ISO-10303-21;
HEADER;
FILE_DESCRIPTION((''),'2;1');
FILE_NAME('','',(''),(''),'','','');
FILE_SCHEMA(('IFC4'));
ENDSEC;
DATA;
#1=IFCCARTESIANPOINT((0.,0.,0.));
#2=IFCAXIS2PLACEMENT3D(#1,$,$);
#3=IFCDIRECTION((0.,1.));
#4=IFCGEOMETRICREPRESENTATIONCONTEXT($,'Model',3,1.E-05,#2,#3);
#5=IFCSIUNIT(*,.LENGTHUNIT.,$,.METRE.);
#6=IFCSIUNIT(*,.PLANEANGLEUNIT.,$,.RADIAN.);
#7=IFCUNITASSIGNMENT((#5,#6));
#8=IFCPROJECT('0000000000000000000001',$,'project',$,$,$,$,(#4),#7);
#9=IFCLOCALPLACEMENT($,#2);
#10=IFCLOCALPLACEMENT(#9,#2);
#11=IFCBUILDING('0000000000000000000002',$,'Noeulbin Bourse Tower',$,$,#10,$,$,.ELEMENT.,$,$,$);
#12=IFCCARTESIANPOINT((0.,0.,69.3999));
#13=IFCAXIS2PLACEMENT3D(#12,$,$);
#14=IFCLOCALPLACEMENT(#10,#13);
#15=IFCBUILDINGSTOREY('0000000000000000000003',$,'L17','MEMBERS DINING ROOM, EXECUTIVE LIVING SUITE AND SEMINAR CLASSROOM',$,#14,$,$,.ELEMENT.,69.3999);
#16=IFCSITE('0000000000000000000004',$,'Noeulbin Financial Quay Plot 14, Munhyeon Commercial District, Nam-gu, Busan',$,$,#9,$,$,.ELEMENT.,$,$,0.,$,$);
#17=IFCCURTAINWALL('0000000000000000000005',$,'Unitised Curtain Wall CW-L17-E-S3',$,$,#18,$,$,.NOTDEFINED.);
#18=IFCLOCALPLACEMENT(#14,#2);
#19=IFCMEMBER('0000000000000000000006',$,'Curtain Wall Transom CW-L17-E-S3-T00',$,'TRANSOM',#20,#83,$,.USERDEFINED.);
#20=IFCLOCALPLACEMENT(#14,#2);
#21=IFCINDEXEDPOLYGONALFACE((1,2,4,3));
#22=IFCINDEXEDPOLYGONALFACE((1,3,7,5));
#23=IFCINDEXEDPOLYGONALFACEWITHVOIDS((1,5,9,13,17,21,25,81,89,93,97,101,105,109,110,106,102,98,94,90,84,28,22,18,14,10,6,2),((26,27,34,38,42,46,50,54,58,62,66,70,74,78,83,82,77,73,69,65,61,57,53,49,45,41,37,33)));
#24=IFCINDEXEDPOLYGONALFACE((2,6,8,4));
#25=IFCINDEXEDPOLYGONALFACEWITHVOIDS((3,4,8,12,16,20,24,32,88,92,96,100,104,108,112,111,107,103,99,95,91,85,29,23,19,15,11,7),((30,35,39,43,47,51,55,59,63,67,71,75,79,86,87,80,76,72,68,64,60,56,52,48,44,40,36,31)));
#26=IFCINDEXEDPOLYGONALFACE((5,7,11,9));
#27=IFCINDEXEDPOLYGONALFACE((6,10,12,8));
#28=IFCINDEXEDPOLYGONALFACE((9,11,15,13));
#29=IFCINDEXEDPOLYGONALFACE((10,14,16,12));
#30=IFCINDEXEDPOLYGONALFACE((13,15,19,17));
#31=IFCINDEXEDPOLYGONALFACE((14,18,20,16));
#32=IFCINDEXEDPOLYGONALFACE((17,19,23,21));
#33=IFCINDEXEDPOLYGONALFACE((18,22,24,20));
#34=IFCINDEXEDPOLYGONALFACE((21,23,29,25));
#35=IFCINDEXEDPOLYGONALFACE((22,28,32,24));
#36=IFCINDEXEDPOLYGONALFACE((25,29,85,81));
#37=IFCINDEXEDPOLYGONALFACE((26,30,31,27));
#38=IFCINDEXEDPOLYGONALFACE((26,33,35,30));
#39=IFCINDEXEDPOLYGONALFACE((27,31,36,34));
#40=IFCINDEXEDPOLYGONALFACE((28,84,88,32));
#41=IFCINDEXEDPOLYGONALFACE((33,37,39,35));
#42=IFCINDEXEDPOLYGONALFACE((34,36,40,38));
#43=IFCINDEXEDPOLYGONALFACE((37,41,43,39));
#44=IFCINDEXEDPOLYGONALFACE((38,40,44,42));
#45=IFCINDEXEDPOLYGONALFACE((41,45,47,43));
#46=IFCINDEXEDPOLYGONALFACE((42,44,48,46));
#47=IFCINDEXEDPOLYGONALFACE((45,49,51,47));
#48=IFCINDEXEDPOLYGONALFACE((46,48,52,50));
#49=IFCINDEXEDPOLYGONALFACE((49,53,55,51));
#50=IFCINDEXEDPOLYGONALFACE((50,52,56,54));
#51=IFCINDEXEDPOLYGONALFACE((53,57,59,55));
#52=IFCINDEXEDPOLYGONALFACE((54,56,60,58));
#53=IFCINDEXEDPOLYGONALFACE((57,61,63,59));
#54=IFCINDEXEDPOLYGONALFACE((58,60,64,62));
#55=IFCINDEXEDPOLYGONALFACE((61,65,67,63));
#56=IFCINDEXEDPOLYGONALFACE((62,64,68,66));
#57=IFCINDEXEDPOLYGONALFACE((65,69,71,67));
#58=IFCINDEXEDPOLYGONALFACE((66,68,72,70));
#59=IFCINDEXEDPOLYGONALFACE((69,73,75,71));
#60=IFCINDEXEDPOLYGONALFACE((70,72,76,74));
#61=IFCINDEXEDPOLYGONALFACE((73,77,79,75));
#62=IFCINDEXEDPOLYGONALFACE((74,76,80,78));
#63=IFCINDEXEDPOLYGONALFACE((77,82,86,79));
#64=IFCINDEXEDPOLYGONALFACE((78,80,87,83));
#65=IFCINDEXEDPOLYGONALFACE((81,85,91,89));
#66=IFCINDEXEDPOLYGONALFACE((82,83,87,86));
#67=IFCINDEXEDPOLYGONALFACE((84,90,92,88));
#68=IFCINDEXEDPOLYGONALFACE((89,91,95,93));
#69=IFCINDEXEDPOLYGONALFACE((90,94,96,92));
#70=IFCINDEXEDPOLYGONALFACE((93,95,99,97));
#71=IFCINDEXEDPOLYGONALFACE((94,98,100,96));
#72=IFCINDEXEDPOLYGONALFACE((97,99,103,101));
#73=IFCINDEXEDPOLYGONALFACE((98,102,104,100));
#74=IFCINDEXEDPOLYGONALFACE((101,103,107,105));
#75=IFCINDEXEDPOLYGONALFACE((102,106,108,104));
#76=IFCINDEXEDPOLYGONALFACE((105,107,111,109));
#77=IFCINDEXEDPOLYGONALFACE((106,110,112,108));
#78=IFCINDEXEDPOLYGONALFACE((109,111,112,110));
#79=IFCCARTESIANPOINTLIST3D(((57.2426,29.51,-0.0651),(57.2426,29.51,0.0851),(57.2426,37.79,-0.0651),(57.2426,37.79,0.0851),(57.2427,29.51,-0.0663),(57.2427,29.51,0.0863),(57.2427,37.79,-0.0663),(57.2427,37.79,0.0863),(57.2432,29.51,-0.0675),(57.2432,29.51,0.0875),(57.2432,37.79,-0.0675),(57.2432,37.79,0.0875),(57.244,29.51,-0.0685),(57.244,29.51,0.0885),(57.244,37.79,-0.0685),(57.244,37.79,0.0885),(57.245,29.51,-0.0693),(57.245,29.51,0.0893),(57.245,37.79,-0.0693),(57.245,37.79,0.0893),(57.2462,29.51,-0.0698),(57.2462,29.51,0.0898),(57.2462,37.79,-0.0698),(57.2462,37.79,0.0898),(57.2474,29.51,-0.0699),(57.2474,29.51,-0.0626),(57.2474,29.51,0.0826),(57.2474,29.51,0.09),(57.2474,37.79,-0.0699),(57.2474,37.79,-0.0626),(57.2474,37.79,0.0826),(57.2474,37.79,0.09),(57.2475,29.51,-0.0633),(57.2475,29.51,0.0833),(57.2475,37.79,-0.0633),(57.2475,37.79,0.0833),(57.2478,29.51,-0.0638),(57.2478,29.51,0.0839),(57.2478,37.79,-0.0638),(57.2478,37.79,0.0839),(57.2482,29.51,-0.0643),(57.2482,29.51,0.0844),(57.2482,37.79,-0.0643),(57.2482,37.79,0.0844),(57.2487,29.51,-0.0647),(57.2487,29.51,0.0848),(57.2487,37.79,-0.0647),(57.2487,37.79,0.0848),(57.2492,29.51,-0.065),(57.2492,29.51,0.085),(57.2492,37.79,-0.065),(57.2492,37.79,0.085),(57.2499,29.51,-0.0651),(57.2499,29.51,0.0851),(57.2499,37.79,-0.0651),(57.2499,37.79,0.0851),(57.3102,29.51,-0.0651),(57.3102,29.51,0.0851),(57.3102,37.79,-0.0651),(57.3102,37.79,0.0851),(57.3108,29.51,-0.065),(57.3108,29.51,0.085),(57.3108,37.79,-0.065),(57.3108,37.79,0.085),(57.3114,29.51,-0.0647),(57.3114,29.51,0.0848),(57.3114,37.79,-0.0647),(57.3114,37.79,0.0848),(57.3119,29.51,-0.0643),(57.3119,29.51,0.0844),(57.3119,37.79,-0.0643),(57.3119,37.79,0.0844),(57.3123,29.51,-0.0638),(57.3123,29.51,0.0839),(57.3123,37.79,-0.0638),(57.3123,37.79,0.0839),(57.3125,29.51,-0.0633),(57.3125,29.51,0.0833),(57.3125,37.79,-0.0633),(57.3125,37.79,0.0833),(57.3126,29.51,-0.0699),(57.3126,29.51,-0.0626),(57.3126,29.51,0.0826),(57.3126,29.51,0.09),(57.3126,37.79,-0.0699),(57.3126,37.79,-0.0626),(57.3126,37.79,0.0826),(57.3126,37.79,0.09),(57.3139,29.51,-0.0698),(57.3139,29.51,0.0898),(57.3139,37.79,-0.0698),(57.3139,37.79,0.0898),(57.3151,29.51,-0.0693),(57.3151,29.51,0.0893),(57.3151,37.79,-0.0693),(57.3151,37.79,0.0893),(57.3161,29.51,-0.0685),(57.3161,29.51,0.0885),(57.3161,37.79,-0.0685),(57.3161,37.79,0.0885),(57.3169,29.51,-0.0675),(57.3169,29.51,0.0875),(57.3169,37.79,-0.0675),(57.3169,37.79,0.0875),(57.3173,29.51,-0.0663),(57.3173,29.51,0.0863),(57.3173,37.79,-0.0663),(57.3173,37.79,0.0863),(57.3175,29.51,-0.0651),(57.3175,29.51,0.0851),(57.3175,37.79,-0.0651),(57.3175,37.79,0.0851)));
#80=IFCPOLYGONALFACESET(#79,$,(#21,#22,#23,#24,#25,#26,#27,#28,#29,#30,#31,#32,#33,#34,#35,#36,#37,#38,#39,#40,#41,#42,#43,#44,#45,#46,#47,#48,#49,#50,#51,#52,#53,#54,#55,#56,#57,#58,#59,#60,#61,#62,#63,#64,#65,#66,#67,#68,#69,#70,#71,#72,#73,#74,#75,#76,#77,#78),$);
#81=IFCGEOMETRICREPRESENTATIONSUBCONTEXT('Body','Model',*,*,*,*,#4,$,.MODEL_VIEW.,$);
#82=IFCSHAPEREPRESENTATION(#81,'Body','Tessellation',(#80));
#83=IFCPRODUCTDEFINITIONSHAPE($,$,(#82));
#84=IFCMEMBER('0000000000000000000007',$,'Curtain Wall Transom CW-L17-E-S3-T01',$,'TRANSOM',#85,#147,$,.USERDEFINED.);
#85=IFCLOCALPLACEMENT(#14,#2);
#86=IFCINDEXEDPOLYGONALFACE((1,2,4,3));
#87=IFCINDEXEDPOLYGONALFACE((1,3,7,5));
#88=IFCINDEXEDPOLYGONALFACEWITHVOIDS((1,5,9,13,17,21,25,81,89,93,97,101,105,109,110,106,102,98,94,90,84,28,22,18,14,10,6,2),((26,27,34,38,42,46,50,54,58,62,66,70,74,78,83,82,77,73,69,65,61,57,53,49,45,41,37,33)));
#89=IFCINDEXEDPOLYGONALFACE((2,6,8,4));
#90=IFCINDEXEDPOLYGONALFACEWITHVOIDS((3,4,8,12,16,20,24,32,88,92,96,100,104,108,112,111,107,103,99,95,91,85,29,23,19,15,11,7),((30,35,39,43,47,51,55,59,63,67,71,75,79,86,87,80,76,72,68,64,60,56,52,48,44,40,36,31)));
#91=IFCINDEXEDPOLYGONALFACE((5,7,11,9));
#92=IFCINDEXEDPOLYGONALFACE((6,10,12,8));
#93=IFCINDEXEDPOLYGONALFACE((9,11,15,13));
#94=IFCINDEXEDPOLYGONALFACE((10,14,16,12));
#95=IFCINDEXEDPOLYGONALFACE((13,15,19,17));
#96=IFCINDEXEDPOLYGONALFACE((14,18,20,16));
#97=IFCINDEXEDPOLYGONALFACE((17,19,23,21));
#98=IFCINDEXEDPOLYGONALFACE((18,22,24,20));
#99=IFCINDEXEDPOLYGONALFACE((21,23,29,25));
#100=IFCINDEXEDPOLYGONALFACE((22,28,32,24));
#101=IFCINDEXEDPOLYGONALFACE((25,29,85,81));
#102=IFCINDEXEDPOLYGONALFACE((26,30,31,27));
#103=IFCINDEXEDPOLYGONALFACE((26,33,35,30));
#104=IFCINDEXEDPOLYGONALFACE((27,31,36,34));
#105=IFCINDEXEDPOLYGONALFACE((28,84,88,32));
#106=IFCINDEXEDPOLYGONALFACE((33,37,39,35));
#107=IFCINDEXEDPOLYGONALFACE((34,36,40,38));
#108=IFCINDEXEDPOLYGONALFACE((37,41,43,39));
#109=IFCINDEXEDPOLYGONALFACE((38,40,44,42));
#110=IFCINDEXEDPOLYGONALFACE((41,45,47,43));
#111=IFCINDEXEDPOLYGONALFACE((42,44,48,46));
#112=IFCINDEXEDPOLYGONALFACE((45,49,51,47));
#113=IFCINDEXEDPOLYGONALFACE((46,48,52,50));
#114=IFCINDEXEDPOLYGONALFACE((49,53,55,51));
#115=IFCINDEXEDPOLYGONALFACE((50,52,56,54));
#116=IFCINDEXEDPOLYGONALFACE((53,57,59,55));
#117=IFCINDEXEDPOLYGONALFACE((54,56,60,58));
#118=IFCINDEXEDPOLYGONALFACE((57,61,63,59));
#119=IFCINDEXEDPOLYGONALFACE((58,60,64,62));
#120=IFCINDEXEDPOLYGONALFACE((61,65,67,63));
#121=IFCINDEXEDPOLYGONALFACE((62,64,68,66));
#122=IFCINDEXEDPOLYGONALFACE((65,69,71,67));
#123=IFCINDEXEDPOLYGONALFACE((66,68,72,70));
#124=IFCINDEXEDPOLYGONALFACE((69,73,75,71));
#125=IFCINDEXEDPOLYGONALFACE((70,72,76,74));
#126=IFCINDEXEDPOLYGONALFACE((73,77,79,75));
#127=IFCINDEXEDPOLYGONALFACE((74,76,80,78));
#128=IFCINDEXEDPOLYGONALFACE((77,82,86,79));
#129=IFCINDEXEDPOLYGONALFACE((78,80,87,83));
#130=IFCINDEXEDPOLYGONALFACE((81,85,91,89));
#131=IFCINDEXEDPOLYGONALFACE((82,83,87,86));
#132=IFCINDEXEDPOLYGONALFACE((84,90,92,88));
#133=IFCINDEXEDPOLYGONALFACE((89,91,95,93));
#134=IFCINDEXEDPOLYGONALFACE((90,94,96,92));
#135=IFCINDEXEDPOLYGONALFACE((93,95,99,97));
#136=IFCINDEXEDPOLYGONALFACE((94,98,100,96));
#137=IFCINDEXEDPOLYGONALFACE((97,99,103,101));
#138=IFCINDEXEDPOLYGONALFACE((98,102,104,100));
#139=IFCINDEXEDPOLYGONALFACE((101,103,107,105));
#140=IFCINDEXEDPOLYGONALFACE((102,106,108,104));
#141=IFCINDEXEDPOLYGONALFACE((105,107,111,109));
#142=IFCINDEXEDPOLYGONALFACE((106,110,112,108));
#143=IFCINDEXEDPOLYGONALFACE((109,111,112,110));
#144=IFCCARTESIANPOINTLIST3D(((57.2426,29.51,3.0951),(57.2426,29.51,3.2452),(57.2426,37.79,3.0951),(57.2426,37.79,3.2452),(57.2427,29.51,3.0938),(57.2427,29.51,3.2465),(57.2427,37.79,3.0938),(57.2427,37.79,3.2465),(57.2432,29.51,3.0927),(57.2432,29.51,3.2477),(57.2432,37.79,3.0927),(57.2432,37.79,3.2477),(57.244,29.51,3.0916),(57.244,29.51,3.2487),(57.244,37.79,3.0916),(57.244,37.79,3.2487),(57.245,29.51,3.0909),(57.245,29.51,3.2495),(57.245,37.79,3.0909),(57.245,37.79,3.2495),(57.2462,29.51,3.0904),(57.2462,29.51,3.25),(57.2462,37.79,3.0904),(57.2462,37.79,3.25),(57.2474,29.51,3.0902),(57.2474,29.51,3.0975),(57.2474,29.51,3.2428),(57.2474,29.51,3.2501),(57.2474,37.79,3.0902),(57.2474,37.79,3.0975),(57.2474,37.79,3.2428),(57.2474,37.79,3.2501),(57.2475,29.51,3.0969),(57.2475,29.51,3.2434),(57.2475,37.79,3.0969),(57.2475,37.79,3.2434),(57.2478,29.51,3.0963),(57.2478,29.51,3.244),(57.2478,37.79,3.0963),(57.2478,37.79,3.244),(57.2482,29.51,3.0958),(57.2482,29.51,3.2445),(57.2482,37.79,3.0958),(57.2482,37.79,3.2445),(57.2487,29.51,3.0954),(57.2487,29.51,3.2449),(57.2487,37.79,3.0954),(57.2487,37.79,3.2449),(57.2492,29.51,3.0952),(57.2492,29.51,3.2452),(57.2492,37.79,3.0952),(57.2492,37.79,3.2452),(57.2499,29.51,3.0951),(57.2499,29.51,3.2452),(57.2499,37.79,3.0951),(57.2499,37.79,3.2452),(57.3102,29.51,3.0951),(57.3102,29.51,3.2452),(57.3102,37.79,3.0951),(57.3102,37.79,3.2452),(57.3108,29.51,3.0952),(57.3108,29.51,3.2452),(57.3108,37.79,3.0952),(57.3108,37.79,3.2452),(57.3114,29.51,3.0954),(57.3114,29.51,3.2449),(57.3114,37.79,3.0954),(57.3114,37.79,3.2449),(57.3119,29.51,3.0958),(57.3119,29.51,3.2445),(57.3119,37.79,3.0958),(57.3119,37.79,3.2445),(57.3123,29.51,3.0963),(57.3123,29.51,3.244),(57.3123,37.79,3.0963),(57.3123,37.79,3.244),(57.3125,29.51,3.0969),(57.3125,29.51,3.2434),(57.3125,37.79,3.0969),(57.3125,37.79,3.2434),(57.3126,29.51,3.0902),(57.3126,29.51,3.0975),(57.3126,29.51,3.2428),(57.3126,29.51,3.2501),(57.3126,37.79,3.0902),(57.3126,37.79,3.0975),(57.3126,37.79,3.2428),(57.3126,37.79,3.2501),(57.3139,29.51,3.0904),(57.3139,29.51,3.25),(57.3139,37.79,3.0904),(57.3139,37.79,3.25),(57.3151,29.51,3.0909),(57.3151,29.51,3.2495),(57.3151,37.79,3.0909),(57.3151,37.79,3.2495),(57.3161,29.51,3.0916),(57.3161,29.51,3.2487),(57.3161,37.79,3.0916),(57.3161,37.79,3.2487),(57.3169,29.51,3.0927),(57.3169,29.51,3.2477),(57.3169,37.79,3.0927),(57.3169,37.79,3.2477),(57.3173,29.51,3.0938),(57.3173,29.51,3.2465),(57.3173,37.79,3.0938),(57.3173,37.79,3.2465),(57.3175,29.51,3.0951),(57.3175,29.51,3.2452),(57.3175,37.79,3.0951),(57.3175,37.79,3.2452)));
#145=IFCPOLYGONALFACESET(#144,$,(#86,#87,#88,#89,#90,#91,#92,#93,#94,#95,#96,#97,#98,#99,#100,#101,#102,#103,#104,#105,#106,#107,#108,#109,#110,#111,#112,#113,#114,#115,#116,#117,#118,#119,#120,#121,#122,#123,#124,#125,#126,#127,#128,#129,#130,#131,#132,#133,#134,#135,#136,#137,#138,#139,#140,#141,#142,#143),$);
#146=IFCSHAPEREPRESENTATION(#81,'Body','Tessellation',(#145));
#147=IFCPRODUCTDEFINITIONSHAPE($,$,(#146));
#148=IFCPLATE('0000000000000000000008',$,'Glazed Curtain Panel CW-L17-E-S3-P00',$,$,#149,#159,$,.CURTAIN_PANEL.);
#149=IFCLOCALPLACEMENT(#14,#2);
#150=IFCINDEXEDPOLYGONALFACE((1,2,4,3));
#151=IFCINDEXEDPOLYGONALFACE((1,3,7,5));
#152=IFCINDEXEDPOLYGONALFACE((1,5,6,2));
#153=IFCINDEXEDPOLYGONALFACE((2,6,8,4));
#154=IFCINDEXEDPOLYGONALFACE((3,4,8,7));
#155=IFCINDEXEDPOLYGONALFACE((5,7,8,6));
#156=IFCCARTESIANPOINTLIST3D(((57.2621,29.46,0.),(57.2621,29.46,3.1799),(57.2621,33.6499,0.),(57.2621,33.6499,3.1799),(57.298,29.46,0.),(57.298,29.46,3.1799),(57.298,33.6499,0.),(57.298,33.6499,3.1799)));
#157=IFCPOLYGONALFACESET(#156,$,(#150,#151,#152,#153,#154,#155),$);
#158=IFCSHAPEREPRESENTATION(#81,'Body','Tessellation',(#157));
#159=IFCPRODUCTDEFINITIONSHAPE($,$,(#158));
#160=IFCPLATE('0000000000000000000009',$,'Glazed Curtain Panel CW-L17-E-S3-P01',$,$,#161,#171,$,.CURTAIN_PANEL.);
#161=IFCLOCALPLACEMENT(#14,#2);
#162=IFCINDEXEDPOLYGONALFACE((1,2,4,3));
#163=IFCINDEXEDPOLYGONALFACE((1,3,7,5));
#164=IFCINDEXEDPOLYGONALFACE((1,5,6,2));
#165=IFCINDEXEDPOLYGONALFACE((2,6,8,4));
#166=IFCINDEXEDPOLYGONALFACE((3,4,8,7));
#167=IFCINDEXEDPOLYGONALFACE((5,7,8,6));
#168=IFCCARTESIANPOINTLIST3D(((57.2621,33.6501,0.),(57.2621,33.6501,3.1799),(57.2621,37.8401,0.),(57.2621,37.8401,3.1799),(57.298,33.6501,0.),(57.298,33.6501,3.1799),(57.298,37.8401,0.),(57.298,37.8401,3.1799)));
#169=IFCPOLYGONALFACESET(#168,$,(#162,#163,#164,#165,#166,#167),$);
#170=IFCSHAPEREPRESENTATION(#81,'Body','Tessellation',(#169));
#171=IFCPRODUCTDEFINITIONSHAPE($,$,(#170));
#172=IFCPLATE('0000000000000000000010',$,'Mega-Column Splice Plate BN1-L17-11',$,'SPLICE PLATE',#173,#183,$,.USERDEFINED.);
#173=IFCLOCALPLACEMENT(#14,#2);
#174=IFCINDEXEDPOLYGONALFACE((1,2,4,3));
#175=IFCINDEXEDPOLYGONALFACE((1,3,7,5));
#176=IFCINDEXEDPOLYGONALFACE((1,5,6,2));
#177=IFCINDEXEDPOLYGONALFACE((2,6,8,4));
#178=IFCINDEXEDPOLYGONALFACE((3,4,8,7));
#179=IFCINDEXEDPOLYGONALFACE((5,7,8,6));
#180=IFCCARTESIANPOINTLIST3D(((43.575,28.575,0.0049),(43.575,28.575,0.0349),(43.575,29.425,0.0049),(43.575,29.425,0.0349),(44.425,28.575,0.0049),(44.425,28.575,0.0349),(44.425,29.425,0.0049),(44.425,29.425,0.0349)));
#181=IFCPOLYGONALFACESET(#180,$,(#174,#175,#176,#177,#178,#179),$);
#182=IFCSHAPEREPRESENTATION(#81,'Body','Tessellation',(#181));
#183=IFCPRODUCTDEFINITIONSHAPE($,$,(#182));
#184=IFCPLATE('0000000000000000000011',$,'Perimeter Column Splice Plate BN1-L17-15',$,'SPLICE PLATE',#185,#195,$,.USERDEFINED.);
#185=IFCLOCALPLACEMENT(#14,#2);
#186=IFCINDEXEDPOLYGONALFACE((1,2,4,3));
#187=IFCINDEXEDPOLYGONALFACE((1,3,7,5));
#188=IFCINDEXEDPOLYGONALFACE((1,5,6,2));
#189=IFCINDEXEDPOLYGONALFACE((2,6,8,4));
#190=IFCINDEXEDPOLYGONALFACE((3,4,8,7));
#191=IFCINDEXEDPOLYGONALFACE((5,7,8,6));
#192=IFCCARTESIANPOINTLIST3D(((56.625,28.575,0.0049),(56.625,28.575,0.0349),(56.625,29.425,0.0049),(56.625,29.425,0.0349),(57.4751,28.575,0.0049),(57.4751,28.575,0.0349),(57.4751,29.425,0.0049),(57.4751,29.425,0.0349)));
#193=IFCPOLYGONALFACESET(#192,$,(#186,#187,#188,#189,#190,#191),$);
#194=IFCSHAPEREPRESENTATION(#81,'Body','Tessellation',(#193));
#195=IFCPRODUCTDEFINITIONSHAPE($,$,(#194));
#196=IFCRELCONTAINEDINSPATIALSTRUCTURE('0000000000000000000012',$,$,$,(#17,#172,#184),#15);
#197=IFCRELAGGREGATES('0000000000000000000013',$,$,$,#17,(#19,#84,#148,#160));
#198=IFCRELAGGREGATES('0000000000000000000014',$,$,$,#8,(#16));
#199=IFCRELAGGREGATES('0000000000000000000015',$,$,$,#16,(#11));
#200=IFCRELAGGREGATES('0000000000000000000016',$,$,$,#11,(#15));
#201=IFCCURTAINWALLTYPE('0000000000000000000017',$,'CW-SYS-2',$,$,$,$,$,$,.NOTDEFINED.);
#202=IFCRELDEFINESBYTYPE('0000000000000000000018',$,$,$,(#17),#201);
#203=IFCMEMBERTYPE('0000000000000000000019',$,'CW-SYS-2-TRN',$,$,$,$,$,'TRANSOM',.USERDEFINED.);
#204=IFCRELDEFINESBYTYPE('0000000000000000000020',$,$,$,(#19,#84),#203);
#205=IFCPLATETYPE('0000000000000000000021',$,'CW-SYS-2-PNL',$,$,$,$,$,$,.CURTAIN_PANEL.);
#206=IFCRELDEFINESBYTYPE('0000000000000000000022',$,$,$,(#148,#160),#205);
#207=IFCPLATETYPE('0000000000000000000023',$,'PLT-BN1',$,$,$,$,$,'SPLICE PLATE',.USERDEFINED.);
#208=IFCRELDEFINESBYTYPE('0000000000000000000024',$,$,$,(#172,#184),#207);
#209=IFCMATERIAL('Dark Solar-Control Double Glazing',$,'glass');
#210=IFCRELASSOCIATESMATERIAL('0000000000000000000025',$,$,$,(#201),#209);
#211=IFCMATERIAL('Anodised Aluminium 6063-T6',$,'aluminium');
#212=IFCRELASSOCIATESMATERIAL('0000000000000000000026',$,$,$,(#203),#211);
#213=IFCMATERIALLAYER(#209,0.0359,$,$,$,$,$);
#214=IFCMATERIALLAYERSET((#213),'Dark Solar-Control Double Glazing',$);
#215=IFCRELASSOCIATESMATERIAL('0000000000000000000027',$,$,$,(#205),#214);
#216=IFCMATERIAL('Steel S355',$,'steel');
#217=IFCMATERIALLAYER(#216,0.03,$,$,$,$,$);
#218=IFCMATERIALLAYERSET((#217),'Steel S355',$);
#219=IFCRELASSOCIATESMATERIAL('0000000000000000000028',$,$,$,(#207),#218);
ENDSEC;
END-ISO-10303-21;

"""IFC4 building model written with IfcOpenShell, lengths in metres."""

from ifc_helpers import new_model, si_unit, direction, frame, origin, origin_2d, place, context, subcontext, project, spatial, rectangle, hollow_rectangle, extrude, material, layer, layer_set, material_profile, profile_set, type_object, element, aggregate, save


model = new_model("IFC4")

# Units and contexts
model_context = context("Model", 3, precision=1e-05, world=origin(), true_north=direction((0.0, 1.0)))
body_context = subcontext(model_context, "Body", "Model", "MODEL_VIEW")
ifc_project = project(units=[si_unit("LENGTHUNIT", "METRE"), si_unit("PLANEANGLEUNIT", "RADIAN")], contexts=[model_context])

# Site, building, storey
site_placement = place(None, origin())
site = spatial("IfcSite", under=ifc_project, at=site_placement, Name="Noeulbin Financial Quay Plot 14, Munhyeon Commercial District, Nam-gu, Busan", CompositionType="ELEMENT", RefElevation=0.0)
building_placement = place(site_placement, origin())
building = spatial("IfcBuilding", under=site, at=building_placement, Name="Noeulbin Bourse Tower", CompositionType="ELEMENT")
storey_placement = place(building_placement, frame((0.0, 0.0, 69.3999)))
storey = spatial("IfcBuildingStorey", under=building, at=storey_placement, Name="L17", Description="MEMBERS DINING ROOM, EXECUTIVE LIVING SUITE AND SEMINAR CLASSROOM", CompositionType="ELEMENT", Elevation=69.3999)

# Shared definitions
ifc_material_1 = material(Name="Steel S355", Category="steel")

# Curtain wall, members, plates
ifc_material_2 = material(Name="Dark Solar-Control Double Glazing", Category="glass")
curtain_wall_type = type_object("IfcCurtainWallType", Name="CW-SYS-2", PredefinedType="NOTDEFINED", material=ifc_material_2)
curtain_wall_placement = place(storey_placement, origin())
curtain_wall = element("IfcCurtainWall", 1, at=curtain_wall_placement, inside=storey, type_object=curtain_wall_type, Name="Unitised Curtain Wall CW-L17-E-S3", PredefinedType="NOTDEFINED")
ifc_material_3 = material(Name="Anodised Aluminium 6063-T6", Category="aluminium")
ifc_material_profile_1 = material_profile(ifc_material_3, hollow_rectangle(XDim=0.075, YDim=0.1599, WallThickness=0.0049, InnerFilletRadius=0.0024, OuterFilletRadius=0.0049, at=origin_2d()), Name="ALU-TRAN-75x160x5", Category="LoadBearing")
ifc_profile_set_1 = profile_set([ifc_material_profile_1], Name="Anodised Aluminium 6063-T6")
member_type_1 = type_object("IfcMemberType", Name="CW-SYS-2-TRN", ElementType="TRANSOM", PredefinedType="USERDEFINED", material=ifc_profile_set_1)
member_1_placement = place(storey_placement, frame((57.28, 29.51, 0.01), z_axis=(0.0, 1.0, 0.0), x_axis=(-1.0, 0.0, 0.0)))
member_1 = element("IfcMember", 2, at=member_1_placement, type_object=member_type_1, Name="Curtain Wall Transom CW-L17-E-S3-T00", ObjectType="TRANSOM", PredefinedType="USERDEFINED", context=body_context, shape_type="SweptSolid", body=[
    extrude(hollow_rectangle(XDim=0.075, YDim=0.1599, WallThickness=0.0049, InnerFilletRadius=0.0024, OuterFilletRadius=0.0049, at=origin_2d()), origin(), (0.0, 0.0, 1.0), 8.28),
])
member_2_placement = place(storey_placement, frame((57.28, 29.51, 3.1702), z_axis=(0.0, 1.0, 0.0), x_axis=(-1.0, 0.0, 0.0)))
member_2 = element("IfcMember", 3, at=member_2_placement, type_object=member_type_1, Name="Curtain Wall Transom CW-L17-E-S3-T01", ObjectType="TRANSOM", PredefinedType="USERDEFINED", context=body_context, shape_type="SweptSolid", body=[
    extrude(hollow_rectangle(XDim=0.075, YDim=0.1599, WallThickness=0.0049, InnerFilletRadius=0.0024, OuterFilletRadius=0.0049, at=origin_2d()), origin(), (0.0, 0.0, 1.0), 8.28),
])
ifc_layer_1 = layer(ifc_material_2, 0.0359)
ifc_layer_set_1 = layer_set([ifc_layer_1], Name="Dark Solar-Control Double Glazing")
plate_type_1 = type_object("IfcPlateType", Name="CW-SYS-2-PNL", PredefinedType="CURTAIN_PANEL", material=ifc_layer_set_1)
plate_1_placement = place(storey_placement, frame((57.28, 31.5549, 0.0), z_axis=(0.0, 0.0, 1.0), x_axis=(0.0, 1.0, 0.0)))
plate_1 = element("IfcPlate", 4, at=plate_1_placement, type_object=plate_type_1, Name="Glazed Curtain Panel CW-L17-E-S3-P00", PredefinedType="CURTAIN_PANEL", context=body_context, shape_type="SweptSolid", body=[
    extrude(rectangle(XDim=4.1899, YDim=0.0359, at=origin_2d()), origin(), (0.0, 0.0, 1.0), 3.1799),
])
plate_2_placement = place(storey_placement, frame((57.28, 35.7451, 0.0), z_axis=(0.0, 0.0, 1.0), x_axis=(0.0, 1.0, 0.0)))
plate_2 = element("IfcPlate", 5, at=plate_2_placement, type_object=plate_type_1, Name="Glazed Curtain Panel CW-L17-E-S3-P01", PredefinedType="CURTAIN_PANEL", context=body_context, shape_type="SweptSolid", body=[
    extrude(rectangle(XDim=4.1899, YDim=0.0359, at=origin_2d()), origin(), (0.0, 0.0, 1.0), 3.1799),
])
aggregate(curtain_wall, [member_1, member_2, plate_1, plate_2])

# Plates
ifc_layer_2 = layer(ifc_material_1, 0.03)
ifc_layer_set_2 = layer_set([ifc_layer_2], Name="Steel S355")
plate_type_2 = type_object("IfcPlateType", Name="PLT-BN1", ElementType="SPLICE PLATE", PredefinedType="USERDEFINED", material=ifc_layer_set_2)
for number, where, z_axis, x_axis, name in (
    (6, (44.0, 29.0, 0.0049), (0.0, 0.0, 1.0), (1.0, 0.0, 0.0), "Mega-Column Splice Plate BN1-L17-11"),
    (7, (57.05, 29.0, 0.0049), (0.0, 0.0, 1.0), (1.0, 0.0, 0.0), "Perimeter Column Splice Plate BN1-L17-15"),
):
    element("IfcPlate", number, at=place(storey_placement, frame(where, z_axis=z_axis, x_axis=x_axis)), inside=storey, type_object=plate_type_2, Name=name, ObjectType="SPLICE PLATE", PredefinedType="USERDEFINED", context=body_context, shape_type="SweptSolid", body=[
        extrude(rectangle(XDim=0.8501, YDim=0.8501, at=origin_2d()), origin(), (0.0, 0.0, 1.0), 0.03),
    ])

save(model, "model.ifc")
